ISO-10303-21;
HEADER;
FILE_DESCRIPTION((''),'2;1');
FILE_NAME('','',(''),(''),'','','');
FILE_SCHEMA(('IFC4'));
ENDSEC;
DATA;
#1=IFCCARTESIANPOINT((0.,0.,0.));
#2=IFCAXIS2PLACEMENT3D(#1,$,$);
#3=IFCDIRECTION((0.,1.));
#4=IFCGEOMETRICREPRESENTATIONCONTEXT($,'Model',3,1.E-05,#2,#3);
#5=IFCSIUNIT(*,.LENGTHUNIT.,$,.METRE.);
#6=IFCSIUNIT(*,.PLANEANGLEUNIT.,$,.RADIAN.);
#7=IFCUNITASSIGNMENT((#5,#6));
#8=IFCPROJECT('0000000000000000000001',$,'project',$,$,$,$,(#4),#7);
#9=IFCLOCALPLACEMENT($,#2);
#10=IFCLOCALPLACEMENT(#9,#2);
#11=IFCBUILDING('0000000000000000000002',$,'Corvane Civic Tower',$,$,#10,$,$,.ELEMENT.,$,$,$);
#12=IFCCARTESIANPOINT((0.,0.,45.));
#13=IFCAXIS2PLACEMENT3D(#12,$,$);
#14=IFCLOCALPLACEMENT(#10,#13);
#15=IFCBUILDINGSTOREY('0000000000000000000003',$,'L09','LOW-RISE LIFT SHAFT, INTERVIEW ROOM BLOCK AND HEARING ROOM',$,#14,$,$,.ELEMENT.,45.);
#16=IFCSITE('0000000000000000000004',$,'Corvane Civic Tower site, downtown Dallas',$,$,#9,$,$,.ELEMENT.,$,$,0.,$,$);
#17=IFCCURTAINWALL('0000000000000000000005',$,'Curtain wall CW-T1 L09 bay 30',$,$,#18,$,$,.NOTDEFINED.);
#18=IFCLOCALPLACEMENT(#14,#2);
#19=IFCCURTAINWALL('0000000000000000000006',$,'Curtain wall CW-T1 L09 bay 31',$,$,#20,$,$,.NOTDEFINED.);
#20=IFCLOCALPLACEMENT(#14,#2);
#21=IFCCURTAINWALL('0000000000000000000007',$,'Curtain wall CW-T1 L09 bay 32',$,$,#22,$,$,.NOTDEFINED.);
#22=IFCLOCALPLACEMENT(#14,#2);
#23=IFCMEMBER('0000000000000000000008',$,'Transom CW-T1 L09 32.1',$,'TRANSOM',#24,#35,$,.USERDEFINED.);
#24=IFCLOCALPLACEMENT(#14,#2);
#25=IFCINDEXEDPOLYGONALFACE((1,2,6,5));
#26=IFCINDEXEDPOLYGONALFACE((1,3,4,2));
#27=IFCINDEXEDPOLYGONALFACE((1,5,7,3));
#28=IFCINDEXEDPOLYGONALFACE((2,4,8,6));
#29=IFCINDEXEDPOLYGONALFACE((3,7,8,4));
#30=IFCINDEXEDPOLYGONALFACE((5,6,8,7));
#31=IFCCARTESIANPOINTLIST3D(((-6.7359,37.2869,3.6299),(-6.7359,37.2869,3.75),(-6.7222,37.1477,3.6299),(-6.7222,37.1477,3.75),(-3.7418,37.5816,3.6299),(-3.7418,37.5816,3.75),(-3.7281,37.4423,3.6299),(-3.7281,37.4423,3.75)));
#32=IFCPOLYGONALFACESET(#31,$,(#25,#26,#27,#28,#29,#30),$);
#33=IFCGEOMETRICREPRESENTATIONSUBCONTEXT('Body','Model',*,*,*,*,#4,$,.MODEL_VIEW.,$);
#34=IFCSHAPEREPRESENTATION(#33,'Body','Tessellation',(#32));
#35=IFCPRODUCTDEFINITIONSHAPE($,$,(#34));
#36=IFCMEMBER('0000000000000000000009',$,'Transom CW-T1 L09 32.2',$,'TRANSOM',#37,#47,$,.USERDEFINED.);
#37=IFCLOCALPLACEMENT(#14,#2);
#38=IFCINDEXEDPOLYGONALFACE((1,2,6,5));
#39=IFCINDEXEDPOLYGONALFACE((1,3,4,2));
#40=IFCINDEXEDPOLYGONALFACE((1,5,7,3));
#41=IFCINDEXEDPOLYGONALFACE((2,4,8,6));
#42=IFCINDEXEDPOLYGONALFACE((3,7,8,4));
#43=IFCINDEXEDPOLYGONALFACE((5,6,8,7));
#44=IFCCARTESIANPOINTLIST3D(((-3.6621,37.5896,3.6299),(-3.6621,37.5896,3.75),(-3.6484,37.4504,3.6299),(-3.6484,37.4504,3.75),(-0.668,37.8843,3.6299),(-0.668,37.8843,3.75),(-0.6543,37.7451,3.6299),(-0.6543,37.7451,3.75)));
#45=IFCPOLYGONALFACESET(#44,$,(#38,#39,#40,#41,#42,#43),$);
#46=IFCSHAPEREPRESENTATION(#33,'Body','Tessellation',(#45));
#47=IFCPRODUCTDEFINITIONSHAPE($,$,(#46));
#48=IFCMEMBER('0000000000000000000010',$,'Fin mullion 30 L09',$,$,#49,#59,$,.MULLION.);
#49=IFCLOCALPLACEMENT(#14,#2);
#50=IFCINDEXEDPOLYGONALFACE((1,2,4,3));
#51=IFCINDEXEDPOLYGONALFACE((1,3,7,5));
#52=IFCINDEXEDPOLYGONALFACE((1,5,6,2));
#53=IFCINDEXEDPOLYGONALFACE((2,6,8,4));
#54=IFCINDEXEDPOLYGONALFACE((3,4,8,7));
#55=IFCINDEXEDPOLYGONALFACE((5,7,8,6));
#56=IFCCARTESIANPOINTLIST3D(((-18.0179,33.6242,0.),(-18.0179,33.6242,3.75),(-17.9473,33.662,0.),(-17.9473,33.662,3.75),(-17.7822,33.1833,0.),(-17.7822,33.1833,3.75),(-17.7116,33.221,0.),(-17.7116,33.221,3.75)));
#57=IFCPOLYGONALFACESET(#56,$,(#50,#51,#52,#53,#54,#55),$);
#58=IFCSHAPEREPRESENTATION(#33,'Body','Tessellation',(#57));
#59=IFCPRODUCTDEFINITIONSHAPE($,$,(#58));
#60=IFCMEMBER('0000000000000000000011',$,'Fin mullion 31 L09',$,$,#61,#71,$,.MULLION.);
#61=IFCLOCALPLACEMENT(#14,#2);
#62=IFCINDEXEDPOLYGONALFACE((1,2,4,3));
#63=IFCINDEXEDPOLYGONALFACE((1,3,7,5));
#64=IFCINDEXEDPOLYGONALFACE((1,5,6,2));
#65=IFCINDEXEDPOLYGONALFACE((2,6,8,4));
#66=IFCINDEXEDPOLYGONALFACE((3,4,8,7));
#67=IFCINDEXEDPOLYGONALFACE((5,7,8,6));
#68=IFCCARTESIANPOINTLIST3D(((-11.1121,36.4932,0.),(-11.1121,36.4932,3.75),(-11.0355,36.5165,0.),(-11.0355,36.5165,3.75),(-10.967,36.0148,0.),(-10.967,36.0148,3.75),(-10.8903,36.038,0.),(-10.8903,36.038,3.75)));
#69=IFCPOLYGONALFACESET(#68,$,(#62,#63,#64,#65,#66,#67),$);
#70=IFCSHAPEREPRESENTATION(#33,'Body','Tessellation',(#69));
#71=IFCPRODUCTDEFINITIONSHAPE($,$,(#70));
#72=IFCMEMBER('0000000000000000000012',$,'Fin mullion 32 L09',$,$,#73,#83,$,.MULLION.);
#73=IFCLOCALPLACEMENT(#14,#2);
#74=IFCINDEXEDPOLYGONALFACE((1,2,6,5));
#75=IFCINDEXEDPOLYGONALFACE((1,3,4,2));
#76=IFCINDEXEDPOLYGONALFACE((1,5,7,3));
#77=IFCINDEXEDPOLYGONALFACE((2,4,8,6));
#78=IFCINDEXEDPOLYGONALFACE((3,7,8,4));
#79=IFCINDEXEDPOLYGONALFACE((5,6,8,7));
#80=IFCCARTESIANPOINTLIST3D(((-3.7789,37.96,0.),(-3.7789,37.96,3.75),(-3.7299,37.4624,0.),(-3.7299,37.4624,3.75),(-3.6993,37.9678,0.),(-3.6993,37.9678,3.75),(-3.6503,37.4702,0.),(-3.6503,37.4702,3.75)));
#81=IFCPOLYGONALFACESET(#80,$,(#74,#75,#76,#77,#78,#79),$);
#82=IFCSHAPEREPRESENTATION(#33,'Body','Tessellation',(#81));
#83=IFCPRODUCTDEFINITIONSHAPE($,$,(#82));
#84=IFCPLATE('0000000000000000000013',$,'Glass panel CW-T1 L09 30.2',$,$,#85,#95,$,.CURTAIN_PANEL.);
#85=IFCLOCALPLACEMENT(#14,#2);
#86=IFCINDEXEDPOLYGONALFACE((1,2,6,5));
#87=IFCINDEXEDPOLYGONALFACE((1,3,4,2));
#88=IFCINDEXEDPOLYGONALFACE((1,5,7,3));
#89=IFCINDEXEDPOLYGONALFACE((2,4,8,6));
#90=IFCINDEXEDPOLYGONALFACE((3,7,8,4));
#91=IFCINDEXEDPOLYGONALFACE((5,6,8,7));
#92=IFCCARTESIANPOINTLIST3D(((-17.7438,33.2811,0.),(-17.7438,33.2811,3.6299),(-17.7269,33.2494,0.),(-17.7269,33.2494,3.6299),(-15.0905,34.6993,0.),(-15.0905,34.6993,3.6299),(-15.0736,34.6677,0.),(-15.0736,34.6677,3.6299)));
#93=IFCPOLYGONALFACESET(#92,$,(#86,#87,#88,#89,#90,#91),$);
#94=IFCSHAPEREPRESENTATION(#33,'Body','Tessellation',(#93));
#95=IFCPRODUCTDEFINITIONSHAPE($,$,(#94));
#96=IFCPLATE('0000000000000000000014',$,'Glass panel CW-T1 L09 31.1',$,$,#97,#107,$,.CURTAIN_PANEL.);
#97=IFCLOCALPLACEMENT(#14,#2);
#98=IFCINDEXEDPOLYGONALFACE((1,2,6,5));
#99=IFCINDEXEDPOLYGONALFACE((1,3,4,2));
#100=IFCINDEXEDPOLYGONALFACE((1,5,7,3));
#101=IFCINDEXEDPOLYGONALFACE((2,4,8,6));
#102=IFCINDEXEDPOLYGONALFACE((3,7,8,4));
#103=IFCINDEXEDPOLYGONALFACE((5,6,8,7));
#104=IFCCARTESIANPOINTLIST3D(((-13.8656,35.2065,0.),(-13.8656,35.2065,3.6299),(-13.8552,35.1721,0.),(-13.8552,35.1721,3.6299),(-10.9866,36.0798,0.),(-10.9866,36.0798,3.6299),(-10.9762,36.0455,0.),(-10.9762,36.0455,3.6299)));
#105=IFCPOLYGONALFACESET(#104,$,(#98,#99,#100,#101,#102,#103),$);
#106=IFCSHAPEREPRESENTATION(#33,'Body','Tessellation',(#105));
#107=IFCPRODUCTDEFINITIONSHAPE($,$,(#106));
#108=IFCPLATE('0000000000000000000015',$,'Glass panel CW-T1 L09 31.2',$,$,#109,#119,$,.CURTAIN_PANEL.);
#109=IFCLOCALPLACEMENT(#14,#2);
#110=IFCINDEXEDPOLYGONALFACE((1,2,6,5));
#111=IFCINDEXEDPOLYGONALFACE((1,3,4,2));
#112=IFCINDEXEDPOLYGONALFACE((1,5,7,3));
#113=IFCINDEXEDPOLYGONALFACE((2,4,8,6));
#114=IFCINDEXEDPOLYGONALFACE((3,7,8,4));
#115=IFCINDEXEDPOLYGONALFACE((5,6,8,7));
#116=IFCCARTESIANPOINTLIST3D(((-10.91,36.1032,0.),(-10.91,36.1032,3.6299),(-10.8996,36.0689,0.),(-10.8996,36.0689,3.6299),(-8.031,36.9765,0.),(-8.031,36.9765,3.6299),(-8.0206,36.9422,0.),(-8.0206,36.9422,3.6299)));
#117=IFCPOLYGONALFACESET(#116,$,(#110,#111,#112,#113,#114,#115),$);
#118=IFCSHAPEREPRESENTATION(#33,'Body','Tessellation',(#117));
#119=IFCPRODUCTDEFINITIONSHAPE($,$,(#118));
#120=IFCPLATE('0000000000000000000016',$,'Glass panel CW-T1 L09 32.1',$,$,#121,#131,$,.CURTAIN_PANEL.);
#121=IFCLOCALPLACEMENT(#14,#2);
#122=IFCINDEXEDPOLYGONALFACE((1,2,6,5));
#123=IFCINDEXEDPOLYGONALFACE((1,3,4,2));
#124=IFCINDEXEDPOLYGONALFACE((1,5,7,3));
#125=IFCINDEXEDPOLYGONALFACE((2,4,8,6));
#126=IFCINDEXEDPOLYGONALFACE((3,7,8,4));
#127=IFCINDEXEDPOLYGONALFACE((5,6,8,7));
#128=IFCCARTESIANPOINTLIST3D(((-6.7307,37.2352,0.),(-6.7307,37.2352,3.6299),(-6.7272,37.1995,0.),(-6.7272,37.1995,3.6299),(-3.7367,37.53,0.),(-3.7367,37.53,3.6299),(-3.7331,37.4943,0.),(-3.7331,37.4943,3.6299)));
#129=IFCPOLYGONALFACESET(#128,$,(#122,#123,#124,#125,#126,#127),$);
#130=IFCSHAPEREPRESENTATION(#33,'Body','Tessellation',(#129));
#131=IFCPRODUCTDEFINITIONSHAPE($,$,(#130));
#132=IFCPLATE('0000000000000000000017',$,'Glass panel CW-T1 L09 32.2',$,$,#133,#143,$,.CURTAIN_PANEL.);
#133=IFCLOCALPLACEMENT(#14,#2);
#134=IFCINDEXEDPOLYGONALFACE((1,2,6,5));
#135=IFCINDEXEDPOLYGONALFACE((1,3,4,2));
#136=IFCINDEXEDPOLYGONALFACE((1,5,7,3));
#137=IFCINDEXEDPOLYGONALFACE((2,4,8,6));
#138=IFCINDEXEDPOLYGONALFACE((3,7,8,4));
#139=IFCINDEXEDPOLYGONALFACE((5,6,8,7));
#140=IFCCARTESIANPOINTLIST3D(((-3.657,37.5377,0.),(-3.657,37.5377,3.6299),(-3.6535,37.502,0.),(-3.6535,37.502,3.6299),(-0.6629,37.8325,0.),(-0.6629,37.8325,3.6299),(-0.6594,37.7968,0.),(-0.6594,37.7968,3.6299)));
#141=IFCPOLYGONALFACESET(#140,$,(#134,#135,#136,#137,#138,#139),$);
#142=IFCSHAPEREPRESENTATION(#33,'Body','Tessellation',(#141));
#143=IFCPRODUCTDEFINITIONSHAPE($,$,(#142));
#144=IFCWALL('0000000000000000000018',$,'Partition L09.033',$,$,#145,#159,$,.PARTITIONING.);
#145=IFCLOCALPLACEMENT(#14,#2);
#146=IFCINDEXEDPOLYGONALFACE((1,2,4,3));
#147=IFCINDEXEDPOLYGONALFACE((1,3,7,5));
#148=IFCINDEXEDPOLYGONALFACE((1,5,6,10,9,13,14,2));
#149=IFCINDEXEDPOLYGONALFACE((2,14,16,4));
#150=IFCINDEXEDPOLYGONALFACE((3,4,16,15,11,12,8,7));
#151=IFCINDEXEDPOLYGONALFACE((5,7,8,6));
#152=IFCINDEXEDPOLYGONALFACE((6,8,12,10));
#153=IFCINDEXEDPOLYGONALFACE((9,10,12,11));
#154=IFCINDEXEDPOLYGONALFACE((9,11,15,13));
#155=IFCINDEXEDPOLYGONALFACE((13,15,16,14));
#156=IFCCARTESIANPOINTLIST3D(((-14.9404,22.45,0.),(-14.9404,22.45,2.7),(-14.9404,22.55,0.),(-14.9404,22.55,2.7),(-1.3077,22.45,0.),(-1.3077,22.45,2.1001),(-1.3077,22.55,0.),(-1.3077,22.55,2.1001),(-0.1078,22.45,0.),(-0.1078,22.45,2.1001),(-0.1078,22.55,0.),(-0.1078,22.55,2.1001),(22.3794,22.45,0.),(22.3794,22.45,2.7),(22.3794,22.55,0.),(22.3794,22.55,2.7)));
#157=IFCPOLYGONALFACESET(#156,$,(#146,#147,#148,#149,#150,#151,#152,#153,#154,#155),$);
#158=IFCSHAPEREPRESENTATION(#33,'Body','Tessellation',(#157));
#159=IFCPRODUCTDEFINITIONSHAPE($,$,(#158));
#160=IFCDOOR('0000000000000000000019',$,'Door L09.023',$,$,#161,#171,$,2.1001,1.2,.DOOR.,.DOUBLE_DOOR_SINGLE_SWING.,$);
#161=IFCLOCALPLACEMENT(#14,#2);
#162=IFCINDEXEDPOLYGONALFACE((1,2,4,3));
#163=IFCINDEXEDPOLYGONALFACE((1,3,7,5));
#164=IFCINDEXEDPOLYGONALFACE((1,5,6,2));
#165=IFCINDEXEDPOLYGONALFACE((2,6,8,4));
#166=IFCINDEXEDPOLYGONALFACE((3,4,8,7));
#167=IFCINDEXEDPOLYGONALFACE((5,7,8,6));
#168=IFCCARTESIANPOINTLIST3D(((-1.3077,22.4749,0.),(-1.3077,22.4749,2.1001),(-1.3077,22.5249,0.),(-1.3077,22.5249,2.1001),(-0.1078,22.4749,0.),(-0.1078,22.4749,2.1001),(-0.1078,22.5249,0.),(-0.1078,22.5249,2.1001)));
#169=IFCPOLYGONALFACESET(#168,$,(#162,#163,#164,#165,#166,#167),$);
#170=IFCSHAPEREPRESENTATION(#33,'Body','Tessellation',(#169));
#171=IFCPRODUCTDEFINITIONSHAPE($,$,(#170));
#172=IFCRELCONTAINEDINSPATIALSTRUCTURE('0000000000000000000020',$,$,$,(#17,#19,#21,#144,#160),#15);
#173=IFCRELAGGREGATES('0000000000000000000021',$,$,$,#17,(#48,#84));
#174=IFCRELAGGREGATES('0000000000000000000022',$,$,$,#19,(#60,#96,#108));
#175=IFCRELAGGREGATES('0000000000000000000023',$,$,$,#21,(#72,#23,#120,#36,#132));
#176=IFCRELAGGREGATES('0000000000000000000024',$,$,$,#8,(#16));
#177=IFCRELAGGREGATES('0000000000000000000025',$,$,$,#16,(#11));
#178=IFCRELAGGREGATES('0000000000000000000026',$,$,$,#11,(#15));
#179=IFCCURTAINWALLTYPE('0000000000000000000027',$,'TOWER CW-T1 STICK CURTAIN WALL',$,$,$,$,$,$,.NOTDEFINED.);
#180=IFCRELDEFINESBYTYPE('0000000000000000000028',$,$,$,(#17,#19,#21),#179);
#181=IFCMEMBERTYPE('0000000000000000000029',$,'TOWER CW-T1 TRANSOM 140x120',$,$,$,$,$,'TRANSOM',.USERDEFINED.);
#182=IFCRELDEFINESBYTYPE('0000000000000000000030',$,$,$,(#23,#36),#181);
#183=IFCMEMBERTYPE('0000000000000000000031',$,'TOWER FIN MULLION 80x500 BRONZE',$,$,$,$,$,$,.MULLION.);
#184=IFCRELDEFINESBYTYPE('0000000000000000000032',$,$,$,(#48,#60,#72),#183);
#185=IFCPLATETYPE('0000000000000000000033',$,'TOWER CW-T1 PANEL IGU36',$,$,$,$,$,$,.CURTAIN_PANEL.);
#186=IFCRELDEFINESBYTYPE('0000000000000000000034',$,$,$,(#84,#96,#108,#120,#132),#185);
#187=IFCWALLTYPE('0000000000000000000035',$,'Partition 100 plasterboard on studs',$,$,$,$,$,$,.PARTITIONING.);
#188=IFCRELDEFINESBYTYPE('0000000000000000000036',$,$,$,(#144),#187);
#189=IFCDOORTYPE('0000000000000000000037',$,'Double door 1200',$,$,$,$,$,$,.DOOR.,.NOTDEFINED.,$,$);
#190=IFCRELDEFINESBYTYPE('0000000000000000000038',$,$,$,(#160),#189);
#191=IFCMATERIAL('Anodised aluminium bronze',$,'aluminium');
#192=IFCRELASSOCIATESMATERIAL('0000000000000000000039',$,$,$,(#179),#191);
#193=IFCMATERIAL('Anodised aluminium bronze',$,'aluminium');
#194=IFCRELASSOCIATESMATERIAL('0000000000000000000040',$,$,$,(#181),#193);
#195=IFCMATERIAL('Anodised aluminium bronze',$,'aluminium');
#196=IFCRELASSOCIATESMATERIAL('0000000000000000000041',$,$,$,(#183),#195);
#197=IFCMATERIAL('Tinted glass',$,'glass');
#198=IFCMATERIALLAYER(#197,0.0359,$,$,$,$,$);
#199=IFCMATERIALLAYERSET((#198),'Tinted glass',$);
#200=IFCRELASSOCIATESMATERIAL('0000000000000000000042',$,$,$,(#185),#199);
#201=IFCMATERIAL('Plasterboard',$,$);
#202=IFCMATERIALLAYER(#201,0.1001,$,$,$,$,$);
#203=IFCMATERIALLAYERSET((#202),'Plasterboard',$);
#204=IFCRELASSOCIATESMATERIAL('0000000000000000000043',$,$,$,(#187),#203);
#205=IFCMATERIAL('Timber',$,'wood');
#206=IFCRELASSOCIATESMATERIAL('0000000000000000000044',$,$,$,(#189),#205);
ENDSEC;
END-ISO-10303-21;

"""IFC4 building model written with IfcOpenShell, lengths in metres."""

from ifc_helpers import new_model, si_unit, direction, frame, frame_2d, origin, origin_2d, place, context, subcontext, project, spatial, rectangle, extrude, material, layer, layer_set, material_profile, profile_set, type_object, element, fill, aggregate, save


model = new_model("IFC4")

# Units and contexts
model_context = context("Model", 3, precision=1e-05, world=origin(), true_north=direction((0.0, 1.0)))
body_context = subcontext(model_context, "Body", "Model", "MODEL_VIEW")
ifc_project = project(units=[si_unit("LENGTHUNIT", "METRE"), si_unit("PLANEANGLEUNIT", "RADIAN")], contexts=[model_context])

# Site, building, storey
site_placement = place(None, origin())
site = spatial("IfcSite", under=ifc_project, at=site_placement, Name="Corvane Civic Tower site, downtown Dallas", CompositionType="ELEMENT", RefElevation=0.0)
building_placement = place(site_placement, origin())
building = spatial("IfcBuilding", under=site, at=building_placement, Name="Corvane Civic Tower", CompositionType="ELEMENT")
storey_placement = place(building_placement, frame((0.0, 0.0, 45.0)))
storey = spatial("IfcBuildingStorey", under=building, at=storey_placement, Name="L09", Description="LOW-RISE LIFT SHAFT, INTERVIEW ROOM BLOCK AND HEARING ROOM", CompositionType="ELEMENT", Elevation=45.0)

# Curtain wall
ifc_material_1 = material(Name="Anodised aluminium bronze", Category="aluminium")
curtain_wall_type = type_object("IfcCurtainWallType", Name="TOWER CW-T1 STICK CURTAIN WALL", PredefinedType="NOTDEFINED", material=ifc_material_1)
curtain_wall_1_placement = place(storey_placement, origin())
curtain_wall_1 = element("IfcCurtainWall", 1, at=curtain_wall_1_placement, inside=storey, type_object=curtain_wall_type, Name="Curtain wall CW-T1 L09 bay 30", PredefinedType="NOTDEFINED")
ifc_material_2 = material(Name="Anodised aluminium bronze", Category="aluminium")
ifc_material_profile_1 = material_profile(ifc_material_2, rectangle(XDim=0.1399, YDim=0.1201, at=origin_2d()), Name="TOWER CW-T1 TRANSOM 140x120")
ifc_profile_set_1 = profile_set([ifc_material_profile_1], Name="Anodised aluminium bronze")
member_type_1 = type_object("IfcMemberType", Name="TOWER CW-T1 TRANSOM 140x120", ElementType="TRANSOM", PredefinedType="USERDEFINED", material=ifc_profile_set_1)

# Curtain walls, members
curtain_wall_2_placement = place(storey_placement, origin())
curtain_wall_2 = element("IfcCurtainWall", 2, at=curtain_wall_2_placement, inside=storey, type_object=curtain_wall_type, Name="Curtain wall CW-T1 L09 bay 31", PredefinedType="NOTDEFINED")
curtain_wall_3_placement = place(storey_placement, origin())
curtain_wall_3 = element("IfcCurtainWall", 3, at=curtain_wall_3_placement, inside=storey, type_object=curtain_wall_type, Name="Curtain wall CW-T1 L09 bay 32", PredefinedType="NOTDEFINED")
member_1_placement = place(storey_placement, frame((-6.729, 37.2173, 3.6899), z_axis=(0.995192, 0.097945, 0.0), x_axis=(-0.097945, 0.995192, 0.0)))
member_1 = element("IfcMember", 4, at=member_1_placement, type_object=member_type_1, Name="Transom CW-T1 L09 32.1", ObjectType="TRANSOM", PredefinedType="USERDEFINED", context=body_context, shape_type="SweptSolid", body=[
    extrude(rectangle(XDim=0.1399, YDim=0.1201, at=origin_2d()), origin(), (0.0, 0.0, 1.0), 3.0085),
])
member_2_placement = place(storey_placement, frame((-3.6553, 37.52, 3.6899), z_axis=(0.995192, 0.097945, 0.0), x_axis=(-0.097945, 0.995192, 0.0)))
member_2 = element("IfcMember", 5, at=member_2_placement, type_object=member_type_1, Name="Transom CW-T1 L09 32.2", ObjectType="TRANSOM", PredefinedType="USERDEFINED", context=body_context, shape_type="SweptSolid", body=[
    extrude(rectangle(XDim=0.1399, YDim=0.1201, at=origin_2d()), origin(), (0.0, 0.0, 1.0), 3.0085),
])

# Members
ifc_material_3 = material(Name="Anodised aluminium bronze", Category="aluminium")
ifc_material_profile_2 = material_profile(ifc_material_3, rectangle(XDim=0.0801, YDim=0.5, at=origin_2d()), Name="TOWER FIN MULLION 80x500 BRONZE")
ifc_profile_set_2 = profile_set([ifc_material_profile_2], Name="Anodised aluminium bronze")
member_type_2 = type_object("IfcMemberType", Name="TOWER FIN MULLION 80x500 BRONZE", PredefinedType="MULLION", material=ifc_profile_set_2)
member_3_placement = place(storey_placement, frame((-17.8647, 33.4226, 0.0), z_axis=(0.0, 0.0, 1.0), x_axis=(0.881918, 0.471404, 0.0)))
member_3 = element("IfcMember", 6, at=member_3_placement, type_object=member_type_2, Name="Fin mullion 30 L09", PredefinedType="MULLION", context=body_context, shape_type="SweptSolid", body=[
    extrude(rectangle(XDim=0.0801, YDim=0.5, at=origin_2d()), origin(), (0.0, 0.0, 1.0), 3.75),
])
member_4_placement = place(storey_placement, frame((-11.0012, 36.2656, 0.0), z_axis=(0.0, 0.0, 1.0), x_axis=(0.956942, 0.290278, 0.0)))
member_4 = element("IfcMember", 7, at=member_4_placement, type_object=member_type_2, Name="Fin mullion 31 L09", PredefinedType="MULLION", context=body_context, shape_type="SweptSolid", body=[
    extrude(rectangle(XDim=0.0801, YDim=0.5, at=origin_2d()), origin(), (0.0, 0.0, 1.0), 3.75),
])
member_5_placement = place(storey_placement, frame((-3.7146, 37.7151, 0.0), z_axis=(0.0, 0.0, 1.0), x_axis=(0.995186, 0.098006, 0.0)))
member_5 = element("IfcMember", 8, at=member_5_placement, type_object=member_type_2, Name="Fin mullion 32 L09", PredefinedType="MULLION", context=body_context, shape_type="SweptSolid", body=[
    extrude(rectangle(XDim=0.0801, YDim=0.5, at=origin_2d()), origin(), (0.0, 0.0, 1.0), 3.75),
])

# Plates
ifc_material_4 = material(Name="Tinted glass", Category="glass")
ifc_layer_1 = layer(ifc_material_4, 0.0359)
ifc_layer_set_1 = layer_set([ifc_layer_1], Name="Tinted glass")
plate_type = type_object("IfcPlateType", Name="TOWER CW-T1 PANEL IGU36", PredefinedType="CURTAIN_PANEL", material=ifc_layer_set_1)
plate_1_placement = place(storey_placement, frame((-16.4087, 33.9744, 0.0), z_axis=(0.0, 0.0, 1.0), x_axis=(0.881918, 0.471404, 0.0)))
plate_1 = element("IfcPlate", 9, at=plate_1_placement, type_object=plate_type, Name="Glass panel CW-T1 L09 30.2", PredefinedType="CURTAIN_PANEL", context=body_context, shape_type="SweptSolid", body=[
    extrude(rectangle(XDim=3.0085, YDim=0.0359, at=origin_2d()), origin(), (0.0, 0.0, 1.0), 3.6299),
])
aggregate(curtain_wall_1, [member_3, plate_1])
plate_2_placement = place(storey_placement, frame((-12.4209, 35.626, 0.0), z_axis=(0.0, 0.0, 1.0), x_axis=(0.956942, 0.290278, 0.0)))
plate_2 = element("IfcPlate", 10, at=plate_2_placement, type_object=plate_type, Name="Glass panel CW-T1 L09 31.1", PredefinedType="CURTAIN_PANEL", context=body_context, shape_type="SweptSolid", body=[
    extrude(rectangle(XDim=3.0085, YDim=0.0359, at=origin_2d()), origin(), (0.0, 0.0, 1.0), 3.6299),
])
plate_3_placement = place(storey_placement, frame((-9.4653, 36.5227, 0.0), z_axis=(0.0, 0.0, 1.0), x_axis=(0.956942, 0.290278, 0.0)))
plate_3 = element("IfcPlate", 11, at=plate_3_placement, type_object=plate_type, Name="Glass panel CW-T1 L09 31.2", PredefinedType="CURTAIN_PANEL", context=body_context, shape_type="SweptSolid", body=[
    extrude(rectangle(XDim=3.0085, YDim=0.0359, at=origin_2d()), origin(), (0.0, 0.0, 1.0), 3.6299),
])
aggregate(curtain_wall_2, [member_4, plate_2, plate_3])
plate_4_placement = place(storey_placement, frame((-5.2319, 37.3647, 0.0), z_axis=(0.0, 0.0, 1.0), x_axis=(0.995186, 0.098006, 0.0)))
plate_4 = element("IfcPlate", 12, at=plate_4_placement, type_object=plate_type, Name="Glass panel CW-T1 L09 32.1", PredefinedType="CURTAIN_PANEL", context=body_context, shape_type="SweptSolid", body=[
    extrude(rectangle(XDim=3.0085, YDim=0.0359, at=origin_2d()), origin(), (0.0, 0.0, 1.0), 3.6299),
])
plate_5_placement = place(storey_placement, frame((-2.1582, 37.6672, 0.0), z_axis=(0.0, 0.0, 1.0), x_axis=(0.995186, 0.098006, 0.0)))
plate_5 = element("IfcPlate", 13, at=plate_5_placement, type_object=plate_type, Name="Glass panel CW-T1 L09 32.2", PredefinedType="CURTAIN_PANEL", context=body_context, shape_type="SweptSolid", body=[
    extrude(rectangle(XDim=3.0085, YDim=0.0359, at=origin_2d()), origin(), (0.0, 0.0, 1.0), 3.6299),
])
aggregate(curtain_wall_3, [member_5, member_1, plate_4, member_2, plate_5])

# Wall, opening, door
ifc_material_5 = material(Name="Plasterboard")
ifc_layer_2 = layer(ifc_material_5, 0.1001)
ifc_layer_set_2 = layer_set([ifc_layer_2], Name="Plasterboard")
wall_type_1 = type_object("IfcWallType", Name="Partition 100 plasterboard on studs", PredefinedType="PARTITIONING", material=ifc_layer_set_2)
wall_1_placement = place(storey_placement, frame((-14.9404, 22.5, 0.0), z_axis=(0.0, 0.0, 1.0), x_axis=(1.0, 0.0, 0.0)))
wall_1 = element("IfcWall", 14, at=wall_1_placement, inside=storey, type_object=wall_type_1, Name="Partition L09.033", PredefinedType="PARTITIONING", context=body_context, shape_type="SweptSolid", body=[
    extrude(rectangle(XDim=37.3198, YDim=0.1001, at=frame_2d((18.6599, 0.0))), origin(), (0.0, 0.0, 1.0), 2.7),
])
opening_1_placement = place(wall_1_placement, frame((13.6326, 0.0, 0.0)))
opening_1 = element("IfcOpeningElement", 15, at=opening_1_placement, cuts=wall_1, PredefinedType="OPENING", context=body_context, shape_type="SweptSolid", body=[
    extrude(rectangle(XDim=1.2, YDim=2.1001, at=frame_2d((0.6001, 1.05))), frame((0.0, 0.0601, 0.0), z_axis=(0.0, -1.0, 0.0), x_axis=(1.0, 0.0, 0.0)), (0.0, 0.0, 1.0), 0.1201),
])
ifc_material_6 = material(Name="Timber", Category="wood")
door_type_1 = type_object("IfcDoorType", Name="Double door 1200", OperationType="NOTDEFINED", PredefinedType="DOOR", material=ifc_material_6)
door_1_placement = place(opening_1_placement, origin())
door_1 = element("IfcDoor", 16, at=door_1_placement, inside=storey, type_object=door_type_1, Name="Door L09.023", OperationType="DOUBLE_DOOR_SINGLE_SWING", OverallHeight=2.1001, OverallWidth=1.2, PredefinedType="DOOR", context=body_context, shape_type="SweptSolid", body=[
    extrude(rectangle(XDim=1.2, YDim=2.1001, at=frame_2d((0.6001, 1.05))), frame((0.0, 0.0249, 0.0), z_axis=(0.0, -1.0, 0.0), x_axis=(1.0, 0.0, 0.0)), (0.0, 0.0, 1.0), 0.05),
])
fill(opening_1, door_1)

save(model, "model.ifc")
